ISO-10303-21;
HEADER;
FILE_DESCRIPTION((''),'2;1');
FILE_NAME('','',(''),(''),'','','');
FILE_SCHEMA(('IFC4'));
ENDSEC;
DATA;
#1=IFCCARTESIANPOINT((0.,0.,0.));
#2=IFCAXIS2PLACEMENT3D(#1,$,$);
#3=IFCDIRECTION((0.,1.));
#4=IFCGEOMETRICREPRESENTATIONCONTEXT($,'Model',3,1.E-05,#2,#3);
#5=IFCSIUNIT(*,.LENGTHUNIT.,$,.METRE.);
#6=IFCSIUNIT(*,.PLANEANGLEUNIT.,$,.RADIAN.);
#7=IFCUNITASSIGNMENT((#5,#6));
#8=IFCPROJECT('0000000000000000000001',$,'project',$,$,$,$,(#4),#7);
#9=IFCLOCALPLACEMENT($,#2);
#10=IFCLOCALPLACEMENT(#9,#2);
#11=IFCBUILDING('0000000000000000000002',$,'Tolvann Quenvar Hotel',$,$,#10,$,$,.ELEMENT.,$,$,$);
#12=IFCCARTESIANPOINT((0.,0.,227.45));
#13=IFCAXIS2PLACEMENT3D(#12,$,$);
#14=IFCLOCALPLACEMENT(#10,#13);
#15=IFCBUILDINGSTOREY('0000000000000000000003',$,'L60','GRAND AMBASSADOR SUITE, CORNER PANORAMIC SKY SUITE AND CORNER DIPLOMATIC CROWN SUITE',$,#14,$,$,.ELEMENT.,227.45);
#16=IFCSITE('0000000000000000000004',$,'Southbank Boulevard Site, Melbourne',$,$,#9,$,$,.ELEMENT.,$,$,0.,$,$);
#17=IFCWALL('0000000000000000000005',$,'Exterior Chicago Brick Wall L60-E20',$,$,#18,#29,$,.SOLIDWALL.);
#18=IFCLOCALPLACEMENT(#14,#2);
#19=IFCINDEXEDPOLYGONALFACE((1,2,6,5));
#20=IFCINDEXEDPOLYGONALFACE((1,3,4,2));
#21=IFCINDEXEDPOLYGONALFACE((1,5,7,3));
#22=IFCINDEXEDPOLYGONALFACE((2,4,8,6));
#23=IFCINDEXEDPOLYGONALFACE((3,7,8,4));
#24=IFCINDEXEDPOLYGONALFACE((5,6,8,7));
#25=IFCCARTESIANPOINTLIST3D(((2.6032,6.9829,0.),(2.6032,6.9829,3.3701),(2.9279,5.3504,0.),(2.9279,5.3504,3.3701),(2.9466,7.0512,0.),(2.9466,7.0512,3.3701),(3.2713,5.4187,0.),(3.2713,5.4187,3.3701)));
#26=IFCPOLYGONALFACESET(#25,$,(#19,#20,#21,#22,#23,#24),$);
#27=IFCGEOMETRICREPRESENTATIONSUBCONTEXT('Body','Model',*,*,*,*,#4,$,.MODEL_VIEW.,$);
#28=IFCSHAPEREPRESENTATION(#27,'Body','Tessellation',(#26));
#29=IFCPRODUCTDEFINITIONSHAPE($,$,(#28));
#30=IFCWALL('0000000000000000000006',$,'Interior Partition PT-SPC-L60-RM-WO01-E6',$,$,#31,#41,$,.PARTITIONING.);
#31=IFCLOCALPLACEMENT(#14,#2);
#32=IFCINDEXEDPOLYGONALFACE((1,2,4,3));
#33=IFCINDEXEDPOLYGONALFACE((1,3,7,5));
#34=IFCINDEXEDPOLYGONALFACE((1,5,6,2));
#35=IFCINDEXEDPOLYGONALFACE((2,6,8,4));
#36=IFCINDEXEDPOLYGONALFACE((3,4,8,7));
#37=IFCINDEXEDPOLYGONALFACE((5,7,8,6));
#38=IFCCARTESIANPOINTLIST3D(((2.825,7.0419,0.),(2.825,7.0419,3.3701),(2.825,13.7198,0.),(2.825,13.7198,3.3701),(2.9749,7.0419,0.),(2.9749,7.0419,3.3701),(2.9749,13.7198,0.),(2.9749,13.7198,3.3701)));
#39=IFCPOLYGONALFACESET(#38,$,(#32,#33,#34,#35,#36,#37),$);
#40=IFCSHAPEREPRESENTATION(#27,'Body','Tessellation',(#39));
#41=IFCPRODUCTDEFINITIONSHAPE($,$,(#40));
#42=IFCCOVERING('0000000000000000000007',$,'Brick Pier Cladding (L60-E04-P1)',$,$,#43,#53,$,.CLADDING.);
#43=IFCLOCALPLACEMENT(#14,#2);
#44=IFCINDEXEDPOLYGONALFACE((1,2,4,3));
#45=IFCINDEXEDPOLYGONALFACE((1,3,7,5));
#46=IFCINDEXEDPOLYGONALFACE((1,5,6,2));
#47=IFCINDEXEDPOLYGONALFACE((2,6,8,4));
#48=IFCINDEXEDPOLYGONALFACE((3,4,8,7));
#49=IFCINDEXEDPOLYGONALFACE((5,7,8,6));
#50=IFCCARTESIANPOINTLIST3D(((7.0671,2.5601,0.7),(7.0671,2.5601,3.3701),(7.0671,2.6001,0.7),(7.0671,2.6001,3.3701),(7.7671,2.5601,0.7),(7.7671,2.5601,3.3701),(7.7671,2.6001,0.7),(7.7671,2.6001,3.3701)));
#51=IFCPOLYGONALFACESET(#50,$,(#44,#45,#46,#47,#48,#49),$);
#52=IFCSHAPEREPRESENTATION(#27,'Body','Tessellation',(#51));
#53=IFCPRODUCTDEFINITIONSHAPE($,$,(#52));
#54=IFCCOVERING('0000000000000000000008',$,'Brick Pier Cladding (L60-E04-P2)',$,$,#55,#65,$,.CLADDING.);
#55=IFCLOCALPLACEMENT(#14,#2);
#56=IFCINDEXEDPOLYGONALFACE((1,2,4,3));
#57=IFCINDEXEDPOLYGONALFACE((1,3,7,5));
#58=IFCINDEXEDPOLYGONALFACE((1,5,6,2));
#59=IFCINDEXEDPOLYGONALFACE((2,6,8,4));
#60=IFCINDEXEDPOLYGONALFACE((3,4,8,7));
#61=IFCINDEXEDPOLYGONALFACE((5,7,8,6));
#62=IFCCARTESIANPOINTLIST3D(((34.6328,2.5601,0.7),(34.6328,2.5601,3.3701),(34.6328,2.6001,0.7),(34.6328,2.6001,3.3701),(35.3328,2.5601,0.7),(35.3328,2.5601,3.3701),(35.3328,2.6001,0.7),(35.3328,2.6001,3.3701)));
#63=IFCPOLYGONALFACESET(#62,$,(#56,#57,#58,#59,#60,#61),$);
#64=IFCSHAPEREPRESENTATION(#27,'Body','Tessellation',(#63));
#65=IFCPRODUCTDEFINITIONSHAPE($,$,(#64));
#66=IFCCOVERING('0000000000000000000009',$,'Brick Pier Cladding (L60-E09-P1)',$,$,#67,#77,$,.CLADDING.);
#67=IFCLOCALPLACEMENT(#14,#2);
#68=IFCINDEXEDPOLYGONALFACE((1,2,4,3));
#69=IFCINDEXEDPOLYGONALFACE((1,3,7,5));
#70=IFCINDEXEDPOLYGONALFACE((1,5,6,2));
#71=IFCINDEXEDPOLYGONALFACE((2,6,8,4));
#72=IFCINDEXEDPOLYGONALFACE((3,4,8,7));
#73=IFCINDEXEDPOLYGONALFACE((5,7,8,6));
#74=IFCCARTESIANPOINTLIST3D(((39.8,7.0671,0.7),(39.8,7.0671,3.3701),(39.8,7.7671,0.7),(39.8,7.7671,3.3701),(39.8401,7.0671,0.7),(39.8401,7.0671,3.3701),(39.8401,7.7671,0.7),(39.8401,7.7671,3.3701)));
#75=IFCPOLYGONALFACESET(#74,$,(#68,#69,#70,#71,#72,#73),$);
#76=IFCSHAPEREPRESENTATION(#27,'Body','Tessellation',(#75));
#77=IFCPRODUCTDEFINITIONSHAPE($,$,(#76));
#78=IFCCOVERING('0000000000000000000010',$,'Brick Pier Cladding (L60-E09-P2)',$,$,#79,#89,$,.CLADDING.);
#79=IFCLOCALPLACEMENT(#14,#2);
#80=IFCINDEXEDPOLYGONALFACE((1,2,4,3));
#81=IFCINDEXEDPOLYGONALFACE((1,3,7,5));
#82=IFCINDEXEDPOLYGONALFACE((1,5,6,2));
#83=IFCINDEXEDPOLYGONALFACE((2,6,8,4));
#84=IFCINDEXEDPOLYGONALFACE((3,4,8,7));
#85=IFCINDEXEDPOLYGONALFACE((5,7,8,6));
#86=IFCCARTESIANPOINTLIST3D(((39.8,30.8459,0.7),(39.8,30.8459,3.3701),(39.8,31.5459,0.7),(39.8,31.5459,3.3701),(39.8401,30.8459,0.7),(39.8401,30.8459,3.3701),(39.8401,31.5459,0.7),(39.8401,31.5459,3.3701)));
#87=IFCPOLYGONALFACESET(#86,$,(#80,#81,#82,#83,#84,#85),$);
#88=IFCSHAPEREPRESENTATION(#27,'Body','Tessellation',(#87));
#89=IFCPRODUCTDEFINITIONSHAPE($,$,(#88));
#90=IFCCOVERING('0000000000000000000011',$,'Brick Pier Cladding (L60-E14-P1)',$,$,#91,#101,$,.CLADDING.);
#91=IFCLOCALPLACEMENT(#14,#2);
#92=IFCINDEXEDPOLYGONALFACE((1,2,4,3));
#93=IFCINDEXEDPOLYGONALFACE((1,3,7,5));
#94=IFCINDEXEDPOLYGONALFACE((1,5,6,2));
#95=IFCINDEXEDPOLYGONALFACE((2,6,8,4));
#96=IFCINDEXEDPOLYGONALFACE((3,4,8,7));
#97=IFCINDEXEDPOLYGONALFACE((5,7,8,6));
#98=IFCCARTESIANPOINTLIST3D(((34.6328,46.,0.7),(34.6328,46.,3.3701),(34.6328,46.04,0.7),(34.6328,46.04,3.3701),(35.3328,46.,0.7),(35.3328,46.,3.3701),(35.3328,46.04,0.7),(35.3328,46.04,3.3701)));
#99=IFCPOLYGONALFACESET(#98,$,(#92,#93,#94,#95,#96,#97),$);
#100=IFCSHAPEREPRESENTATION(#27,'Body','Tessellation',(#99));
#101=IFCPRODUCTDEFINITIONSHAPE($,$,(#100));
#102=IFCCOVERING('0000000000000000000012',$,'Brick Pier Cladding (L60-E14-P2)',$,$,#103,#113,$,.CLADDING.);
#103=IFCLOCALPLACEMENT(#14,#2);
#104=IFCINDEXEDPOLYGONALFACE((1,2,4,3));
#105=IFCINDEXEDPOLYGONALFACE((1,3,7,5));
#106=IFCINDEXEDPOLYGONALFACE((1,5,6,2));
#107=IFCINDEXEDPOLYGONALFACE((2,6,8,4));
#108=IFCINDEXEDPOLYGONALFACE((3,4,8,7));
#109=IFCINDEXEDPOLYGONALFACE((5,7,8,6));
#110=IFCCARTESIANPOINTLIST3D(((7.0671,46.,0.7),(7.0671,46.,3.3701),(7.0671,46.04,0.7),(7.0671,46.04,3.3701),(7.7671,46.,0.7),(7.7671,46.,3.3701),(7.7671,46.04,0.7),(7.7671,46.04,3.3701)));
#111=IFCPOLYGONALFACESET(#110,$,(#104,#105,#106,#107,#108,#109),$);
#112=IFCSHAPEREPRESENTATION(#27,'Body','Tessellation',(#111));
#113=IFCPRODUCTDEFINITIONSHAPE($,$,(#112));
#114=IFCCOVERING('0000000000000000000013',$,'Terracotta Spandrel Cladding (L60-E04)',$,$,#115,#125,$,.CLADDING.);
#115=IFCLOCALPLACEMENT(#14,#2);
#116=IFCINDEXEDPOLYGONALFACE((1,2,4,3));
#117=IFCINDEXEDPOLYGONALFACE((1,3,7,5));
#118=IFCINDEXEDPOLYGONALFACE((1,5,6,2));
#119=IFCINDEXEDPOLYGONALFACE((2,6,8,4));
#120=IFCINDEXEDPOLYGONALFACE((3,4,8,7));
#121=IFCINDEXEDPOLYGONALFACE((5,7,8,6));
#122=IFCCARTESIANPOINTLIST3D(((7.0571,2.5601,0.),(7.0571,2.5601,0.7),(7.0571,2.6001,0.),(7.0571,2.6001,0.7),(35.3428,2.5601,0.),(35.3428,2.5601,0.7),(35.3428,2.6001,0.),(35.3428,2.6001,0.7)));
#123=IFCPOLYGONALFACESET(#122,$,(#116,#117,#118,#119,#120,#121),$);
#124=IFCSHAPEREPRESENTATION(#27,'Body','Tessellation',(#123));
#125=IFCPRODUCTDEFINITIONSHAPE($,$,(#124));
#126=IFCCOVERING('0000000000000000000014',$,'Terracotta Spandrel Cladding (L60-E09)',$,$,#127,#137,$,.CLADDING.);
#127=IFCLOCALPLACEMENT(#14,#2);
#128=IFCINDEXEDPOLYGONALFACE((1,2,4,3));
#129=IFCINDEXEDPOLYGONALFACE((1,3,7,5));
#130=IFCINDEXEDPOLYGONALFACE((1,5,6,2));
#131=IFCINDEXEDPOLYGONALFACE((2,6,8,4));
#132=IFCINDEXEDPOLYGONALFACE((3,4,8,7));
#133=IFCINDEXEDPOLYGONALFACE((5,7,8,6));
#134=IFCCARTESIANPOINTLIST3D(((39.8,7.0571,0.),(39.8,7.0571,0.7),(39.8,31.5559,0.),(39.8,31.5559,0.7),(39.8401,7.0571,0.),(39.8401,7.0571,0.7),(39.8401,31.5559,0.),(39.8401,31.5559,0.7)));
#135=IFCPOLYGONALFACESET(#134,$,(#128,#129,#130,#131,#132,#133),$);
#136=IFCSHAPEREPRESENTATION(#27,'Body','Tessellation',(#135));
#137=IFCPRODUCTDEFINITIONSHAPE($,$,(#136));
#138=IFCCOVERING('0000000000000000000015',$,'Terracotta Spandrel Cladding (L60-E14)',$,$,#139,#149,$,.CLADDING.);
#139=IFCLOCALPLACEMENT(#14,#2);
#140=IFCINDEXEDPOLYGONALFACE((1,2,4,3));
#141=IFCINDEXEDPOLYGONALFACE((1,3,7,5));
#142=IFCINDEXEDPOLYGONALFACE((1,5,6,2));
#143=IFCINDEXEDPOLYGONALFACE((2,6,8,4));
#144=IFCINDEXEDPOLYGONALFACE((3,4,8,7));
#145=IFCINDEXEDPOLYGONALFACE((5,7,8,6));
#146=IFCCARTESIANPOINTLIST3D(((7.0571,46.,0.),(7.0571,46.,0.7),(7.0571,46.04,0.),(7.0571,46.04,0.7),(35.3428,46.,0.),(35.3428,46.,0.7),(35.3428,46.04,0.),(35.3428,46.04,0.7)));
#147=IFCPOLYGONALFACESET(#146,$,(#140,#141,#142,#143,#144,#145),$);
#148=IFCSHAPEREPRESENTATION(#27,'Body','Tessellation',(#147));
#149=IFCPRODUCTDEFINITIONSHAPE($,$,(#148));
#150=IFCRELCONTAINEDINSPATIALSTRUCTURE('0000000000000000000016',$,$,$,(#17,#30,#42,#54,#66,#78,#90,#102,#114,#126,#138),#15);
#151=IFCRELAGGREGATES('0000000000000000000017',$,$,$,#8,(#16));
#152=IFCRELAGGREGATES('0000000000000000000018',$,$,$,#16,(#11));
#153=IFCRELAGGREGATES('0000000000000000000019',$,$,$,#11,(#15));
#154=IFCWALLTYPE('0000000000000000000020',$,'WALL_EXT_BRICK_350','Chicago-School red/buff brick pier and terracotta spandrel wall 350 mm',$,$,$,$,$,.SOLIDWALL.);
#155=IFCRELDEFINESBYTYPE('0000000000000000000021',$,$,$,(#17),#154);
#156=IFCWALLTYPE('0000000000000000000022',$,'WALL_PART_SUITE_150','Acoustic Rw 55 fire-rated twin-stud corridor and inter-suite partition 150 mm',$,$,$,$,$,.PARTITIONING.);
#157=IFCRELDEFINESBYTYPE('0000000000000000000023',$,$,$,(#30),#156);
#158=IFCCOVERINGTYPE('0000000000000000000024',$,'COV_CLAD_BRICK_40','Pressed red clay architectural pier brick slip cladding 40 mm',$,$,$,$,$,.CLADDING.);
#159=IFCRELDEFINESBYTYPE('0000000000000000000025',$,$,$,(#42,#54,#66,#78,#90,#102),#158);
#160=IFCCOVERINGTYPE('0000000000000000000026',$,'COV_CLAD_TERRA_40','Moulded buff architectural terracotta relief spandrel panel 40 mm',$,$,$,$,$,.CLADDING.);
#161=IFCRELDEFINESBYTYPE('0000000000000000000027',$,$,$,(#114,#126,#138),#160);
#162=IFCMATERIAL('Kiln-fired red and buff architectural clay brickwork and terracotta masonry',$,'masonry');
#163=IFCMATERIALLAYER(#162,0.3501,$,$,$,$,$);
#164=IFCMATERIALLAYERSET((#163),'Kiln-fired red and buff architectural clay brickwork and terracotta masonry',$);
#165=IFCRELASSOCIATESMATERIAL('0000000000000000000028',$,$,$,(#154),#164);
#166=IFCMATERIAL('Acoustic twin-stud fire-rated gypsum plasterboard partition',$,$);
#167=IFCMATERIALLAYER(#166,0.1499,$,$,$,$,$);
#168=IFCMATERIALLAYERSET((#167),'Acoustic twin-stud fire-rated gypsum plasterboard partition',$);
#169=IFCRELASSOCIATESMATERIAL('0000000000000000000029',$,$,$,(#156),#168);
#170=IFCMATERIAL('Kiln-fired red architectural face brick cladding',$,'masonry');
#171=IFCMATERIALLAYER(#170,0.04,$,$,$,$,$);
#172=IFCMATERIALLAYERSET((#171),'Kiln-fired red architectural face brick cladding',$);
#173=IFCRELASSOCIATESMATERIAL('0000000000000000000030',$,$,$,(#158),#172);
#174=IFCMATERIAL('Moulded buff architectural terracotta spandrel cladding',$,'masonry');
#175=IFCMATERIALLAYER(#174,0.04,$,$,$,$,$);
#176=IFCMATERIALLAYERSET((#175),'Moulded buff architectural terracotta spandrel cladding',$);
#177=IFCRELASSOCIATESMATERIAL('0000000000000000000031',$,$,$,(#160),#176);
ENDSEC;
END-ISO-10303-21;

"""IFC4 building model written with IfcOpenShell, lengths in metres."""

from ifc_helpers import new_model, si_unit, direction, frame, frame_2d, origin, place, context, subcontext, project, spatial, polyline, rectangle, outline, extrude, material, layer, layer_set, type_object, element, save


model = new_model("IFC4")

# Units and contexts
model_context = context("Model", 3, precision=1e-05, world=origin(), true_north=direction((0.0, 1.0)))
body_context = subcontext(model_context, "Body", "Model", "MODEL_VIEW")
ifc_project = project(units=[si_unit("LENGTHUNIT", "METRE"), si_unit("PLANEANGLEUNIT", "RADIAN")], contexts=[model_context])

# Site, building, storey
site_placement = place(None, origin())
site = spatial("IfcSite", under=ifc_project, at=site_placement, Name="Southbank Boulevard Site, Melbourne", CompositionType="ELEMENT", RefElevation=0.0)
building_placement = place(site_placement, origin())
building = spatial("IfcBuilding", under=site, at=building_placement, Name="Tolvann Quenvar Hotel", CompositionType="ELEMENT")
storey_placement = place(building_placement, frame((0.0, 0.0, 227.45)))
storey = spatial("IfcBuildingStorey", under=building, at=storey_placement, Name="L60", Description="GRAND AMBASSADOR SUITE, CORNER PANORAMIC SKY SUITE AND CORNER DIPLOMATIC CROWN SUITE", CompositionType="ELEMENT", Elevation=227.45)

# Walls
ifc_material_1 = material(Name="Kiln-fired red and buff architectural clay brickwork and terracotta masonry", Category="masonry")
ifc_layer_1 = layer(ifc_material_1, 0.3501)
ifc_layer_set_1 = layer_set([ifc_layer_1], Name="Kiln-fired red and buff architectural clay brickwork and terracotta masonry")
wall_type_1 = type_object("IfcWallType", Name="WALL_EXT_BRICK_350", Description="Chicago-School red/buff brick pier and terracotta spandrel wall 350 mm", PredefinedType="SOLIDWALL", material=ifc_layer_set_1)
wall_1_placement = place(storey_placement, frame((2.7749, 7.0171, 0.0), z_axis=(0.0, 0.0, 1.0), x_axis=(0.195072, -0.980789, 0.0)))
element("IfcWall", 1, at=wall_1_placement, inside=storey, type_object=wall_type_1, Name="Exterior Chicago Brick Wall L60-E20", PredefinedType="SOLIDWALL", context=body_context, shape_type="SweptSolid", body=[
    extrude(rectangle(XDim=1.6646, YDim=0.3501, at=frame_2d((0.8323, 0.0))), origin(), (0.0, 0.0, 1.0), 3.3701),
])
ifc_material_2 = material(Name="Acoustic twin-stud fire-rated gypsum plasterboard partition")
ifc_layer_2 = layer(ifc_material_2, 0.1499)
ifc_layer_set_2 = layer_set([ifc_layer_2], Name="Acoustic twin-stud fire-rated gypsum plasterboard partition")
wall_type_2 = type_object("IfcWallType", Name="WALL_PART_SUITE_150", Description="Acoustic Rw 55 fire-rated twin-stud corridor and inter-suite partition 150 mm", PredefinedType="PARTITIONING", material=ifc_layer_set_2)
wall_2_placement = place(storey_placement, frame((2.8999, 7.042, 0.0), z_axis=(0.0, 0.0, 1.0), x_axis=(0.0, 1.0, 0.0)))
element("IfcWall", 2, at=wall_2_placement, inside=storey, type_object=wall_type_2, Name="Interior Partition PT-SPC-L60-RM-WO01-E6", PredefinedType="PARTITIONING", context=body_context, shape_type="SweptSolid", body=[
    extrude(rectangle(XDim=6.678, YDim=0.1499, at=frame_2d((3.3389, 0.0))), origin(), (0.0, 0.0, 1.0), 3.3701),
])

# Coverings
ifc_material_3 = material(Name="Kiln-fired red architectural face brick cladding", Category="masonry")
ifc_layer_3 = layer(ifc_material_3, 0.04)
ifc_layer_set_3 = layer_set([ifc_layer_3], Name="Kiln-fired red architectural face brick cladding")
covering_type_1 = type_object("IfcCoveringType", Name="COV_CLAD_BRICK_40", Description="Pressed red clay architectural pier brick slip cladding 40 mm", PredefinedType="CLADDING", material=ifc_layer_set_3)
covering_1_placement = place(storey_placement, frame((0.0, 0.0, 0.7)))
element("IfcCovering", 3, at=covering_1_placement, inside=storey, type_object=covering_type_1, Name="Brick Pier Cladding (L60-E04-P1)", PredefinedType="CLADDING", context=body_context, shape_type="SweptSolid", body=[
    extrude(outline(polyline([(7.0671, 2.6001), (7.7671, 2.6001), (7.7671, 2.5601), (7.0671, 2.5601), (7.0671, 2.6001)])), origin(), (0.0, 0.0, 1.0), 2.6702),
])
covering_2_placement = place(storey_placement, frame((0.0, 0.0, 0.7)))
element("IfcCovering", 4, at=covering_2_placement, inside=storey, type_object=covering_type_1, Name="Brick Pier Cladding (L60-E04-P2)", PredefinedType="CLADDING", context=body_context, shape_type="SweptSolid", body=[
    extrude(outline(polyline([(34.6328, 2.6001), (35.3328, 2.6001), (35.3328, 2.5601), (34.6328, 2.5601), (34.6328, 2.6001)])), origin(), (0.0, 0.0, 1.0), 2.6702),
])
covering_3_placement = place(storey_placement, frame((0.0, 0.0, 0.7)))
element("IfcCovering", 5, at=covering_3_placement, inside=storey, type_object=covering_type_1, Name="Brick Pier Cladding (L60-E09-P1)", PredefinedType="CLADDING", context=body_context, shape_type="SweptSolid", body=[
    extrude(outline(polyline([(39.8, 7.0671), (39.8, 7.7671), (39.8401, 7.7671), (39.8401, 7.0671), (39.8, 7.0671)])), origin(), (0.0, 0.0, 1.0), 2.6702),
])
covering_4_placement = place(storey_placement, frame((0.0, 0.0, 0.7)))
element("IfcCovering", 6, at=covering_4_placement, inside=storey, type_object=covering_type_1, Name="Brick Pier Cladding (L60-E09-P2)", PredefinedType="CLADDING", context=body_context, shape_type="SweptSolid", body=[
    extrude(outline(polyline([(39.8, 30.8459), (39.8, 31.5459), (39.8401, 31.5459), (39.8401, 30.8459), (39.8, 30.8459)])), origin(), (0.0, 0.0, 1.0), 2.6702),
])
covering_5_placement = place(storey_placement, frame((0.0, 0.0, 0.7)))
element("IfcCovering", 7, at=covering_5_placement, inside=storey, type_object=covering_type_1, Name="Brick Pier Cladding (L60-E14-P1)", PredefinedType="CLADDING", context=body_context, shape_type="SweptSolid", body=[
    extrude(outline(polyline([(35.3328, 46.0), (34.6328, 46.0), (34.6328, 46.04), (35.3328, 46.04), (35.3328, 46.0)])), origin(), (0.0, 0.0, 1.0), 2.6702),
])
covering_6_placement = place(storey_placement, frame((0.0, 0.0, 0.7)))
element("IfcCovering", 8, at=covering_6_placement, inside=storey, type_object=covering_type_1, Name="Brick Pier Cladding (L60-E14-P2)", PredefinedType="CLADDING", context=body_context, shape_type="SweptSolid", body=[
    extrude(outline(polyline([(7.7671, 46.0), (7.0671, 46.0), (7.0671, 46.04), (7.7671, 46.04), (7.7671, 46.0)])), origin(), (0.0, 0.0, 1.0), 2.6702),
])
ifc_material_4 = material(Name="Moulded buff architectural terracotta spandrel cladding", Category="masonry")
ifc_layer_4 = layer(ifc_material_4, 0.04)
ifc_layer_set_4 = layer_set([ifc_layer_4], Name="Moulded buff architectural terracotta spandrel cladding")
covering_type_2 = type_object("IfcCoveringType", Name="COV_CLAD_TERRA_40", Description="Moulded buff architectural terracotta relief spandrel panel 40 mm", PredefinedType="CLADDING", material=ifc_layer_set_4)
covering_7_placement = place(storey_placement, origin())
element("IfcCovering", 9, at=covering_7_placement, inside=storey, type_object=covering_type_2, Name="Terracotta Spandrel Cladding (L60-E04)", PredefinedType="CLADDING", context=body_context, shape_type="SweptSolid", body=[
    extrude(outline(polyline([(7.0571, 2.6001), (35.3428, 2.6001), (35.3428, 2.5601), (7.0571, 2.5601), (7.0571, 2.6001)])), origin(), (0.0, 0.0, 1.0), 0.7),
])
covering_8_placement = place(storey_placement, origin())
element("IfcCovering", 10, at=covering_8_placement, inside=storey, type_object=covering_type_2, Name="Terracotta Spandrel Cladding (L60-E09)", PredefinedType="CLADDING", context=body_context, shape_type="SweptSolid", body=[
    extrude(outline(polyline([(39.8, 7.0571), (39.8, 31.5559), (39.8401, 31.5559), (39.8401, 7.0571), (39.8, 7.0571)])), origin(), (0.0, 0.0, 1.0), 0.7),
])
covering_9_placement = place(storey_placement, origin())
element("IfcCovering", 11, at=covering_9_placement, inside=storey, type_object=covering_type_2, Name="Terracotta Spandrel Cladding (L60-E14)", PredefinedType="CLADDING", context=body_context, shape_type="SweptSolid", body=[
    extrude(outline(polyline([(35.3428, 46.0), (7.0571, 46.0), (7.0571, 46.04), (35.3428, 46.04), (35.3428, 46.0)])), origin(), (0.0, 0.0, 1.0), 0.7),
])

save(model, "model.ifc")
